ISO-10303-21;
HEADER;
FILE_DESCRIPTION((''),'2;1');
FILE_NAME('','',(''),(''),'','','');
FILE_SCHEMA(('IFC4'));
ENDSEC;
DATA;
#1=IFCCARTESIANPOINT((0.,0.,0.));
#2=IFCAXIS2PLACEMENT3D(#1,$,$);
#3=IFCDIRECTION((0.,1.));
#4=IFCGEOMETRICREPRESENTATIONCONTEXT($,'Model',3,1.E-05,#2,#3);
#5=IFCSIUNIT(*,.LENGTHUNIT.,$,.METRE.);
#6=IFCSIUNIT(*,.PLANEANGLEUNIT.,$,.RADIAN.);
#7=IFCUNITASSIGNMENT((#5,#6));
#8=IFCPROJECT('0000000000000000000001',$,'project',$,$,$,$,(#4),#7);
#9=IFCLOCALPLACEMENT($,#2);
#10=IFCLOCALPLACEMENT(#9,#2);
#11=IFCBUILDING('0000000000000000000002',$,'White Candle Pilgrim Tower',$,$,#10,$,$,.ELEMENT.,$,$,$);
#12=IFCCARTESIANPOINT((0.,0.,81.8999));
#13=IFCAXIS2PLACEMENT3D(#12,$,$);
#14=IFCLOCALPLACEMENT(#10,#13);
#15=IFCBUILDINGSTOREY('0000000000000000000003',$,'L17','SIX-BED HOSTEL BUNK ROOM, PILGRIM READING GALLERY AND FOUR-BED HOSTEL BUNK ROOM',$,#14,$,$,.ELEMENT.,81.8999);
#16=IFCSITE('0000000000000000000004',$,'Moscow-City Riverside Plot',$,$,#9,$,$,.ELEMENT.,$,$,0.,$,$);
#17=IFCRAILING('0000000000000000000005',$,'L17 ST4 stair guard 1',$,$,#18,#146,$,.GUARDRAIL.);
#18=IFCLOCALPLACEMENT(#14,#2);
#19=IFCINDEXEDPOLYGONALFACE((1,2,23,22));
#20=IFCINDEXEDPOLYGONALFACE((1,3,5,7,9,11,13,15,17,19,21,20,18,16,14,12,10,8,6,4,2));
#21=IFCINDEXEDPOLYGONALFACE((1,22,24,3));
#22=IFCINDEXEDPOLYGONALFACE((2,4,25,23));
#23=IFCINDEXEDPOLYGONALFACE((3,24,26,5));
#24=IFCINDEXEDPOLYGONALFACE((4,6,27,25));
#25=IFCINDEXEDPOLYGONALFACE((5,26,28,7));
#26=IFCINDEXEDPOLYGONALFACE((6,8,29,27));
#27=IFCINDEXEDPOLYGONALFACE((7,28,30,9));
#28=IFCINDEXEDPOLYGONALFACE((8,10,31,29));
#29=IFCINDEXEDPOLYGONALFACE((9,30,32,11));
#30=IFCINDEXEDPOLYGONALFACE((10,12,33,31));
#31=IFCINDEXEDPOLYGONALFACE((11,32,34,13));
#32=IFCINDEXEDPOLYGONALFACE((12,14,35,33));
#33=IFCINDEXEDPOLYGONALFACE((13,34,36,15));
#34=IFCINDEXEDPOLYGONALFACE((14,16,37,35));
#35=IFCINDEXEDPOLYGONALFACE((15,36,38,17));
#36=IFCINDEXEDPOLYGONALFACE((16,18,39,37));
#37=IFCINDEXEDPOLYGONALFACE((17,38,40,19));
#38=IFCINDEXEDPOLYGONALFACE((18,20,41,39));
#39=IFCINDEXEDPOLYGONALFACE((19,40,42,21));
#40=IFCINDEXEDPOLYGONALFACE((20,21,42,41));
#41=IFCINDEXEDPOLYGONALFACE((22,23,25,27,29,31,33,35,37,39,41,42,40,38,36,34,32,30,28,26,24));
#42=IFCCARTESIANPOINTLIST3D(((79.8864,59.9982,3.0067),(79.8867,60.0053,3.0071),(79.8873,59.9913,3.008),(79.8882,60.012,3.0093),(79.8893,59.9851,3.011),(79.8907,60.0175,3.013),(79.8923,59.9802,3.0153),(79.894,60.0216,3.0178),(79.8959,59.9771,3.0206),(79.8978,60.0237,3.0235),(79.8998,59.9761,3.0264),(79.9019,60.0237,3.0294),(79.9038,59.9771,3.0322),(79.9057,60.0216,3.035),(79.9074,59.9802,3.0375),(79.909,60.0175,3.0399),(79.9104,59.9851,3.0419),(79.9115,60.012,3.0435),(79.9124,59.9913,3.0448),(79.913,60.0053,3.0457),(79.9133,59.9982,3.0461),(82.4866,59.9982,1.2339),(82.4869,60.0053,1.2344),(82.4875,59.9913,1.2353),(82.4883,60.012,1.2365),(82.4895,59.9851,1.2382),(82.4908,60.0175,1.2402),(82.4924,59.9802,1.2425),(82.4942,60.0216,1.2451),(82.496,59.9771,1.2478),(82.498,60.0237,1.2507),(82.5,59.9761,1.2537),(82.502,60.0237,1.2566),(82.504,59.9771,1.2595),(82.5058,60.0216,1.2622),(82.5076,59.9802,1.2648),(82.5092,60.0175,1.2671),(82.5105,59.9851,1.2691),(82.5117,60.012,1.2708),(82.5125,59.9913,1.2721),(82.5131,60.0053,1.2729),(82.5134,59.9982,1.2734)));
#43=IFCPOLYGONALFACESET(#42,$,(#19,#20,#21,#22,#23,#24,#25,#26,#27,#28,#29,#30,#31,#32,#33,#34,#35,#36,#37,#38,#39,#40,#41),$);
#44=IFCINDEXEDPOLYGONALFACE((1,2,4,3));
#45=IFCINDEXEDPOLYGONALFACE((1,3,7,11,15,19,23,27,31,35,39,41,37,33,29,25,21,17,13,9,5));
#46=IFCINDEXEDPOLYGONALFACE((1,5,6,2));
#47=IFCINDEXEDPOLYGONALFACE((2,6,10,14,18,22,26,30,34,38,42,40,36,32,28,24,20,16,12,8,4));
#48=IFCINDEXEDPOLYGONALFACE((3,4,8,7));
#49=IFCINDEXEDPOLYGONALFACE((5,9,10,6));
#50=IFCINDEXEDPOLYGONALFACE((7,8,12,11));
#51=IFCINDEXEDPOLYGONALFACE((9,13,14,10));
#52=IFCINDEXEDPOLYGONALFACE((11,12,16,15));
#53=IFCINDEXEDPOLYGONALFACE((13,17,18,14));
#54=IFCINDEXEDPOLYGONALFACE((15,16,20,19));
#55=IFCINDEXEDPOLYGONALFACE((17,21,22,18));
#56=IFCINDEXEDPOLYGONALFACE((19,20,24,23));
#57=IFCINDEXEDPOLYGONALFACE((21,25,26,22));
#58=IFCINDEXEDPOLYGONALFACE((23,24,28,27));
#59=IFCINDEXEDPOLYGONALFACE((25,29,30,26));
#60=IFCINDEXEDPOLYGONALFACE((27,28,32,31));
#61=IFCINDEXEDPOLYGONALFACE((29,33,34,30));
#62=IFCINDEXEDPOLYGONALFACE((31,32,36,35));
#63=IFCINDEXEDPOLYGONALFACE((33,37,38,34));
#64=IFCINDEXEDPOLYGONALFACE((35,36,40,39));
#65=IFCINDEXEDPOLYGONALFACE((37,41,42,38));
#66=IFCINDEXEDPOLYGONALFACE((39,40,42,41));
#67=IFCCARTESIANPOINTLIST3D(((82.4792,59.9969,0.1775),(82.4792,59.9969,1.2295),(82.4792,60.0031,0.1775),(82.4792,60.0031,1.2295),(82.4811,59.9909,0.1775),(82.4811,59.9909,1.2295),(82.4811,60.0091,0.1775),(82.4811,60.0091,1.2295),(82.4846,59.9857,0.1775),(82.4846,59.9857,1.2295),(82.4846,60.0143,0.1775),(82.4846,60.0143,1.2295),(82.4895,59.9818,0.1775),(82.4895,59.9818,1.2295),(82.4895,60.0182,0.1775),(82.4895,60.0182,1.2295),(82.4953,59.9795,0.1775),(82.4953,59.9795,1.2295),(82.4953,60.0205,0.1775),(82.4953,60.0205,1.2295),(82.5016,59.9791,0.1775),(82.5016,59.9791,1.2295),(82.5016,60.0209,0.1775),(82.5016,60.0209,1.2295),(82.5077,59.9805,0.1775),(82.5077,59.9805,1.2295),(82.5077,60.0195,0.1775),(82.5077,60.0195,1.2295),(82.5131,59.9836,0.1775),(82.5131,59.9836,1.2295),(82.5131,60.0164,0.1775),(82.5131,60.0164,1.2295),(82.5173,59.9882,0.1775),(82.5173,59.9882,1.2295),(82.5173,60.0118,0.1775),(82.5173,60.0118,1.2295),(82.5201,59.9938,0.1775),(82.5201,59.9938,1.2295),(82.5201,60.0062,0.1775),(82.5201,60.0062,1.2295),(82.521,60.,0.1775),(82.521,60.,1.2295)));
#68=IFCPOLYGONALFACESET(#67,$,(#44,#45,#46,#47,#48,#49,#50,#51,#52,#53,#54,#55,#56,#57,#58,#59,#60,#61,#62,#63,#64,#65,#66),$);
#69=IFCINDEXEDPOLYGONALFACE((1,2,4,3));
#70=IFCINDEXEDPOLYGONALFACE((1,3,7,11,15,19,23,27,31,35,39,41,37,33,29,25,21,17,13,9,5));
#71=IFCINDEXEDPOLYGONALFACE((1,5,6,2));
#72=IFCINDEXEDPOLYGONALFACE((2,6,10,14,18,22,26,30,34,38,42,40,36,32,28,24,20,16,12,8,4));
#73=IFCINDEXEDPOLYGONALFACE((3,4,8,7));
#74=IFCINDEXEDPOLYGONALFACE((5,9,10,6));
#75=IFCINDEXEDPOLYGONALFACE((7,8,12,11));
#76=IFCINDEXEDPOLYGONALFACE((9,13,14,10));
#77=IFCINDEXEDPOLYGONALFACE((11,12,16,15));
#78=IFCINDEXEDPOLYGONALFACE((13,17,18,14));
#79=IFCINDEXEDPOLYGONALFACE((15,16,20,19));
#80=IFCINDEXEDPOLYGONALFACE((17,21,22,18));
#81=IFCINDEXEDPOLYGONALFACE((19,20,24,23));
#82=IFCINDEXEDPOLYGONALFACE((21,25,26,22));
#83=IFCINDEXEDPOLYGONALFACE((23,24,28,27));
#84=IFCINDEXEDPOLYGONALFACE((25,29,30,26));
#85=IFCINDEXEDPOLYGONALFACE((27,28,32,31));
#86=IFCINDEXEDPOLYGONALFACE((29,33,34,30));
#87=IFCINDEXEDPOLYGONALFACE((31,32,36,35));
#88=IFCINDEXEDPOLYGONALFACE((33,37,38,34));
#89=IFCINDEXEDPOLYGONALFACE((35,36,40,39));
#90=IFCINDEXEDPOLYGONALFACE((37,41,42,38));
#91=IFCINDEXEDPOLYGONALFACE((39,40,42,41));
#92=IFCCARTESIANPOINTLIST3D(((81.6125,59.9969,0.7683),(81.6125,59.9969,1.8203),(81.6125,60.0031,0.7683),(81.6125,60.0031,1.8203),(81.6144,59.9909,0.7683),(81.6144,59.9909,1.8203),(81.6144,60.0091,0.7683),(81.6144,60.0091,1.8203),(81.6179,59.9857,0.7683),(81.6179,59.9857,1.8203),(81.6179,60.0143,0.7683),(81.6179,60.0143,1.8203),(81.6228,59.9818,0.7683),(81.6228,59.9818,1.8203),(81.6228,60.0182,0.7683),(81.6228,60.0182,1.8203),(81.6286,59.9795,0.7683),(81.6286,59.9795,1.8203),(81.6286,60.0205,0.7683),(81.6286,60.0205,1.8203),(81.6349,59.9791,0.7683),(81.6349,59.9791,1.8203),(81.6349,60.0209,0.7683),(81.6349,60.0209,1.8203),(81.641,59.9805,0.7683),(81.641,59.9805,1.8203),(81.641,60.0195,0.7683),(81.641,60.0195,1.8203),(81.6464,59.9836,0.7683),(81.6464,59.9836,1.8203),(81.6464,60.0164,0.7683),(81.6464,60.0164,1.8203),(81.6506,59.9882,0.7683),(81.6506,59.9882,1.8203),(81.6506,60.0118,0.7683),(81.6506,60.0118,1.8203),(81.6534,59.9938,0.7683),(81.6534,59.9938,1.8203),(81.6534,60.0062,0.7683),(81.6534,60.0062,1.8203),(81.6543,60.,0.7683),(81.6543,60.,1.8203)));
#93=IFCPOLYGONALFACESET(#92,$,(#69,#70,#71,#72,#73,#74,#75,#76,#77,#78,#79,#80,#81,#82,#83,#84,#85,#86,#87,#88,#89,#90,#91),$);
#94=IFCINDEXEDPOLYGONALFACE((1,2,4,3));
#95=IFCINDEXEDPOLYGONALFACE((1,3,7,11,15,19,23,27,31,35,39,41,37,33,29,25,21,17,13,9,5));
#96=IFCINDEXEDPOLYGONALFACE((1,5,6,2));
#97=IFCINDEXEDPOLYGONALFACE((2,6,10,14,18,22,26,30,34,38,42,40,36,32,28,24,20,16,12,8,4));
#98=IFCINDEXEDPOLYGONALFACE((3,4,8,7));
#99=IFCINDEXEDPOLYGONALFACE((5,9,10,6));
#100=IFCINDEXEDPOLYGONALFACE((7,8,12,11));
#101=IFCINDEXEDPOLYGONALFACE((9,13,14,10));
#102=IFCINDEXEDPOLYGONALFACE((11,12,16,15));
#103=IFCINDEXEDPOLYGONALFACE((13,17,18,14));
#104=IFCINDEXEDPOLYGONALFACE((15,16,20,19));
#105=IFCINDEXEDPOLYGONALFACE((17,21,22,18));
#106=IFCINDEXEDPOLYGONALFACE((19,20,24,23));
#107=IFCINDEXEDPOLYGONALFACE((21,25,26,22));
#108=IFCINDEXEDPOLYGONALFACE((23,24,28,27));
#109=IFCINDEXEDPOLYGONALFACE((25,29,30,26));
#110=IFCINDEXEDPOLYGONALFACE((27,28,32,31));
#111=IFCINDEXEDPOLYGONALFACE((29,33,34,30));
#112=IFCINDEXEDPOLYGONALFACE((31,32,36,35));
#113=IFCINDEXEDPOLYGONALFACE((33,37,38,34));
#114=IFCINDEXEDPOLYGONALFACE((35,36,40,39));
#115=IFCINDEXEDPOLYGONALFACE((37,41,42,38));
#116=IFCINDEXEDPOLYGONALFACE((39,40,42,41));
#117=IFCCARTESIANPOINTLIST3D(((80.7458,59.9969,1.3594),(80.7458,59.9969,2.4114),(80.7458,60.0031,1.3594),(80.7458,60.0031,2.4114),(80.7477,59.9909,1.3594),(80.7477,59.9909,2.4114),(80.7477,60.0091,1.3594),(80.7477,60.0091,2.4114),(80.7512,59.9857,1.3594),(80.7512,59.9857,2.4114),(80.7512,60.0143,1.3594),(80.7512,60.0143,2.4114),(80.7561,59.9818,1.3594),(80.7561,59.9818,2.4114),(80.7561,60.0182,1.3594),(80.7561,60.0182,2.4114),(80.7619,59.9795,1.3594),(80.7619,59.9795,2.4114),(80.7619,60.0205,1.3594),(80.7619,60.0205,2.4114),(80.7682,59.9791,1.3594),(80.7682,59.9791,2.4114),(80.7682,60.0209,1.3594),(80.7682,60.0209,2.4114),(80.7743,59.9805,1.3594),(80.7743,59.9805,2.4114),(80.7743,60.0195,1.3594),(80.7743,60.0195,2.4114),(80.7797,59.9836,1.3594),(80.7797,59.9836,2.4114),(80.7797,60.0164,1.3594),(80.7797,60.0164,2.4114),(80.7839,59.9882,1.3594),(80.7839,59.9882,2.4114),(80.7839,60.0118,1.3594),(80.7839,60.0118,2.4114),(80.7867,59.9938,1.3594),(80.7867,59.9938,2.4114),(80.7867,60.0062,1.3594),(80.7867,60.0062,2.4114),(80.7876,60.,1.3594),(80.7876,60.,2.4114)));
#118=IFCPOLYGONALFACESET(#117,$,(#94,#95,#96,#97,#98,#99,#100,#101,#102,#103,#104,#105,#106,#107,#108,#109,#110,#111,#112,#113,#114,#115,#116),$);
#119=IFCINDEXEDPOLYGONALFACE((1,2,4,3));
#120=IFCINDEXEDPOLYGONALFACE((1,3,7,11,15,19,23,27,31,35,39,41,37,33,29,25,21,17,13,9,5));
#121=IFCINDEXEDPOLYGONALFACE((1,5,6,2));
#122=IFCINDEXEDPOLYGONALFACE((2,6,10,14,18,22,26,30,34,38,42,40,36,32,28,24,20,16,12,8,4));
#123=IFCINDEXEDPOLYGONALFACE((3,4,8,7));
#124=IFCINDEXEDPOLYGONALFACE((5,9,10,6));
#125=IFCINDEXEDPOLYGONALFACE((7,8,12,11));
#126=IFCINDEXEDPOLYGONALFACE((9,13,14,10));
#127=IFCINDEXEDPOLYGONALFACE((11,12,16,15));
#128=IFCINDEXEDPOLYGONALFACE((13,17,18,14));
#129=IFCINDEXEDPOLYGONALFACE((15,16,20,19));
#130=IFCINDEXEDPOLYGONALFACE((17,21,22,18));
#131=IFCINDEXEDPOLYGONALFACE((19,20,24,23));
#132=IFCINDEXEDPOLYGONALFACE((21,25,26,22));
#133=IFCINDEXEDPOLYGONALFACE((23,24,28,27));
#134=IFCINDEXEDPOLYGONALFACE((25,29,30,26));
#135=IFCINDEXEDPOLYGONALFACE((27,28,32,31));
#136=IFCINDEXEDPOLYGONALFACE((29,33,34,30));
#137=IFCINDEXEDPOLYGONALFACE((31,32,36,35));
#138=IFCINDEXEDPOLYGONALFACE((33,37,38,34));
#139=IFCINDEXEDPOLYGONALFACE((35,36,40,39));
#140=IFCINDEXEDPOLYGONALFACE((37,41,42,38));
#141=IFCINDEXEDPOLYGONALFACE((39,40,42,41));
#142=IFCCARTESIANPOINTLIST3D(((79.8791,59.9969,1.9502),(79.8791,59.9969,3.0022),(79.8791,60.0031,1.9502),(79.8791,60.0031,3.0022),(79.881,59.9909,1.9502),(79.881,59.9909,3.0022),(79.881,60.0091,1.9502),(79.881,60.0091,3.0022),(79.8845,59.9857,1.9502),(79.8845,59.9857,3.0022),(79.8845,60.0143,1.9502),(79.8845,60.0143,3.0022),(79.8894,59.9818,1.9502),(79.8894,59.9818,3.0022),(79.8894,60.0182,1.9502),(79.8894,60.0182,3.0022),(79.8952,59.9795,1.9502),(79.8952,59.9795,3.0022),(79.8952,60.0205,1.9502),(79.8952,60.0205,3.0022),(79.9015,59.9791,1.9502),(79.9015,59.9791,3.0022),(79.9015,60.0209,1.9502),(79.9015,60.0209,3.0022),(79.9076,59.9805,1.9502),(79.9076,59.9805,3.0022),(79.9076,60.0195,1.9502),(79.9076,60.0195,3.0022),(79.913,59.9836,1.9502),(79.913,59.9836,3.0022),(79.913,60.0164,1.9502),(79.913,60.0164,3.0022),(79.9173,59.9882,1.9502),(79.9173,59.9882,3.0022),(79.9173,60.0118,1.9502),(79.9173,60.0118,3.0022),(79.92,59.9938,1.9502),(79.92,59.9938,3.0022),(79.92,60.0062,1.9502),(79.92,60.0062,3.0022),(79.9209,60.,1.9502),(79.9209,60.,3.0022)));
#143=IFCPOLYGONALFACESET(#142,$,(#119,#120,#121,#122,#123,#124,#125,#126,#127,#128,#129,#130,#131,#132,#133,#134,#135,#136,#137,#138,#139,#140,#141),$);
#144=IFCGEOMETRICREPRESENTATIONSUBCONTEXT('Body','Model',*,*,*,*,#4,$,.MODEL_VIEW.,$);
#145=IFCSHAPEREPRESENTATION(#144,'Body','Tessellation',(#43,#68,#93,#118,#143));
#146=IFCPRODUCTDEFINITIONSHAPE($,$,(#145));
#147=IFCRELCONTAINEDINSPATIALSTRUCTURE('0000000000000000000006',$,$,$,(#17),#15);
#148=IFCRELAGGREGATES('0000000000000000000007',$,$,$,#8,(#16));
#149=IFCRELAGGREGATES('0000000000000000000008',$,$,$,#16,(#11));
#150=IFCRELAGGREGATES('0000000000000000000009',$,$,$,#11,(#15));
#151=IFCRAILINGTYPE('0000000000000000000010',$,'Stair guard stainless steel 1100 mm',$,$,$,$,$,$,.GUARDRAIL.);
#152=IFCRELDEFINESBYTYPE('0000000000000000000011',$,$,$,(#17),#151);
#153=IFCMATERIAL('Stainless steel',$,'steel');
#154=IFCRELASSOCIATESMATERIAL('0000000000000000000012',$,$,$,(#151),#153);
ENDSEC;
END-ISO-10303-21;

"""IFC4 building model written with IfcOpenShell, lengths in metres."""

from ifc_helpers import new_model, si_unit, direction, frame, origin, origin_2d, place, context, subcontext, project, spatial, circle, extrude, material, type_object, element, save


model = new_model("IFC4")

# Units and contexts
model_context = context("Model", 3, precision=1e-05, world=origin(), true_north=direction((0.0, 1.0)))
body_context = subcontext(model_context, "Body", "Model", "MODEL_VIEW")
ifc_project = project(units=[si_unit("LENGTHUNIT", "METRE"), si_unit("PLANEANGLEUNIT", "RADIAN")], contexts=[model_context])

# Site, building, storey
site_placement = place(None, origin())
site = spatial("IfcSite", under=ifc_project, at=site_placement, Name="Moscow-City Riverside Plot", CompositionType="ELEMENT", RefElevation=0.0)
building_placement = place(site_placement, origin())
building = spatial("IfcBuilding", under=site, at=building_placement, Name="White Candle Pilgrim Tower", CompositionType="ELEMENT")
storey_placement = place(building_placement, frame((0.0, 0.0, 81.8999)))
storey = spatial("IfcBuildingStorey", under=building, at=storey_placement, Name="L17", Description="SIX-BED HOSTEL BUNK ROOM, PILGRIM READING GALLERY AND FOUR-BED HOSTEL BUNK ROOM", CompositionType="ELEMENT", Elevation=81.8999)

# Railing
ifc_material_1 = material(Name="Stainless steel", Category="steel")
railing_type_1 = type_object("IfcRailingType", Name="Stair guard stainless steel 1100 mm", PredefinedType="GUARDRAIL", material=ifc_material_1)
railing_1_placement = place(storey_placement, frame((82.5, 60.0, 0.1775)))
element("IfcRailing", 1, at=railing_1_placement, inside=storey, type_object=railing_type_1, Name="L17 ST4 stair guard 1", PredefinedType="GUARDRAIL", context=body_context, shape_type="SweptSolid", body=[
    extrude(circle(Radius=0.0239, at=origin_2d()), frame((0.0, 0.0, 1.0762), z_axis=(-0.82624, 0.0, 0.563318), x_axis=(0.0, -1.0, 0.0)), (0.0, 0.0, 1.0), 3.147),
    extrude(circle(Radius=0.021, at=origin_2d()), origin(), (0.0, 0.0, 1.0), 1.052),
    extrude(circle(Radius=0.021, at=origin_2d()), frame((-0.8667, 0.0, 0.5908)), (0.0, 0.0, 1.0), 1.052),
    extrude(circle(Radius=0.021, at=origin_2d()), frame((-1.7334, 0.0, 1.1819)), (0.0, 0.0, 1.0), 1.052),
    extrude(circle(Radius=0.021, at=origin_2d()), frame((-2.6001, 0.0, 1.7727)), (0.0, 0.0, 1.0), 1.052),
])

save(model, "model.ifc")
